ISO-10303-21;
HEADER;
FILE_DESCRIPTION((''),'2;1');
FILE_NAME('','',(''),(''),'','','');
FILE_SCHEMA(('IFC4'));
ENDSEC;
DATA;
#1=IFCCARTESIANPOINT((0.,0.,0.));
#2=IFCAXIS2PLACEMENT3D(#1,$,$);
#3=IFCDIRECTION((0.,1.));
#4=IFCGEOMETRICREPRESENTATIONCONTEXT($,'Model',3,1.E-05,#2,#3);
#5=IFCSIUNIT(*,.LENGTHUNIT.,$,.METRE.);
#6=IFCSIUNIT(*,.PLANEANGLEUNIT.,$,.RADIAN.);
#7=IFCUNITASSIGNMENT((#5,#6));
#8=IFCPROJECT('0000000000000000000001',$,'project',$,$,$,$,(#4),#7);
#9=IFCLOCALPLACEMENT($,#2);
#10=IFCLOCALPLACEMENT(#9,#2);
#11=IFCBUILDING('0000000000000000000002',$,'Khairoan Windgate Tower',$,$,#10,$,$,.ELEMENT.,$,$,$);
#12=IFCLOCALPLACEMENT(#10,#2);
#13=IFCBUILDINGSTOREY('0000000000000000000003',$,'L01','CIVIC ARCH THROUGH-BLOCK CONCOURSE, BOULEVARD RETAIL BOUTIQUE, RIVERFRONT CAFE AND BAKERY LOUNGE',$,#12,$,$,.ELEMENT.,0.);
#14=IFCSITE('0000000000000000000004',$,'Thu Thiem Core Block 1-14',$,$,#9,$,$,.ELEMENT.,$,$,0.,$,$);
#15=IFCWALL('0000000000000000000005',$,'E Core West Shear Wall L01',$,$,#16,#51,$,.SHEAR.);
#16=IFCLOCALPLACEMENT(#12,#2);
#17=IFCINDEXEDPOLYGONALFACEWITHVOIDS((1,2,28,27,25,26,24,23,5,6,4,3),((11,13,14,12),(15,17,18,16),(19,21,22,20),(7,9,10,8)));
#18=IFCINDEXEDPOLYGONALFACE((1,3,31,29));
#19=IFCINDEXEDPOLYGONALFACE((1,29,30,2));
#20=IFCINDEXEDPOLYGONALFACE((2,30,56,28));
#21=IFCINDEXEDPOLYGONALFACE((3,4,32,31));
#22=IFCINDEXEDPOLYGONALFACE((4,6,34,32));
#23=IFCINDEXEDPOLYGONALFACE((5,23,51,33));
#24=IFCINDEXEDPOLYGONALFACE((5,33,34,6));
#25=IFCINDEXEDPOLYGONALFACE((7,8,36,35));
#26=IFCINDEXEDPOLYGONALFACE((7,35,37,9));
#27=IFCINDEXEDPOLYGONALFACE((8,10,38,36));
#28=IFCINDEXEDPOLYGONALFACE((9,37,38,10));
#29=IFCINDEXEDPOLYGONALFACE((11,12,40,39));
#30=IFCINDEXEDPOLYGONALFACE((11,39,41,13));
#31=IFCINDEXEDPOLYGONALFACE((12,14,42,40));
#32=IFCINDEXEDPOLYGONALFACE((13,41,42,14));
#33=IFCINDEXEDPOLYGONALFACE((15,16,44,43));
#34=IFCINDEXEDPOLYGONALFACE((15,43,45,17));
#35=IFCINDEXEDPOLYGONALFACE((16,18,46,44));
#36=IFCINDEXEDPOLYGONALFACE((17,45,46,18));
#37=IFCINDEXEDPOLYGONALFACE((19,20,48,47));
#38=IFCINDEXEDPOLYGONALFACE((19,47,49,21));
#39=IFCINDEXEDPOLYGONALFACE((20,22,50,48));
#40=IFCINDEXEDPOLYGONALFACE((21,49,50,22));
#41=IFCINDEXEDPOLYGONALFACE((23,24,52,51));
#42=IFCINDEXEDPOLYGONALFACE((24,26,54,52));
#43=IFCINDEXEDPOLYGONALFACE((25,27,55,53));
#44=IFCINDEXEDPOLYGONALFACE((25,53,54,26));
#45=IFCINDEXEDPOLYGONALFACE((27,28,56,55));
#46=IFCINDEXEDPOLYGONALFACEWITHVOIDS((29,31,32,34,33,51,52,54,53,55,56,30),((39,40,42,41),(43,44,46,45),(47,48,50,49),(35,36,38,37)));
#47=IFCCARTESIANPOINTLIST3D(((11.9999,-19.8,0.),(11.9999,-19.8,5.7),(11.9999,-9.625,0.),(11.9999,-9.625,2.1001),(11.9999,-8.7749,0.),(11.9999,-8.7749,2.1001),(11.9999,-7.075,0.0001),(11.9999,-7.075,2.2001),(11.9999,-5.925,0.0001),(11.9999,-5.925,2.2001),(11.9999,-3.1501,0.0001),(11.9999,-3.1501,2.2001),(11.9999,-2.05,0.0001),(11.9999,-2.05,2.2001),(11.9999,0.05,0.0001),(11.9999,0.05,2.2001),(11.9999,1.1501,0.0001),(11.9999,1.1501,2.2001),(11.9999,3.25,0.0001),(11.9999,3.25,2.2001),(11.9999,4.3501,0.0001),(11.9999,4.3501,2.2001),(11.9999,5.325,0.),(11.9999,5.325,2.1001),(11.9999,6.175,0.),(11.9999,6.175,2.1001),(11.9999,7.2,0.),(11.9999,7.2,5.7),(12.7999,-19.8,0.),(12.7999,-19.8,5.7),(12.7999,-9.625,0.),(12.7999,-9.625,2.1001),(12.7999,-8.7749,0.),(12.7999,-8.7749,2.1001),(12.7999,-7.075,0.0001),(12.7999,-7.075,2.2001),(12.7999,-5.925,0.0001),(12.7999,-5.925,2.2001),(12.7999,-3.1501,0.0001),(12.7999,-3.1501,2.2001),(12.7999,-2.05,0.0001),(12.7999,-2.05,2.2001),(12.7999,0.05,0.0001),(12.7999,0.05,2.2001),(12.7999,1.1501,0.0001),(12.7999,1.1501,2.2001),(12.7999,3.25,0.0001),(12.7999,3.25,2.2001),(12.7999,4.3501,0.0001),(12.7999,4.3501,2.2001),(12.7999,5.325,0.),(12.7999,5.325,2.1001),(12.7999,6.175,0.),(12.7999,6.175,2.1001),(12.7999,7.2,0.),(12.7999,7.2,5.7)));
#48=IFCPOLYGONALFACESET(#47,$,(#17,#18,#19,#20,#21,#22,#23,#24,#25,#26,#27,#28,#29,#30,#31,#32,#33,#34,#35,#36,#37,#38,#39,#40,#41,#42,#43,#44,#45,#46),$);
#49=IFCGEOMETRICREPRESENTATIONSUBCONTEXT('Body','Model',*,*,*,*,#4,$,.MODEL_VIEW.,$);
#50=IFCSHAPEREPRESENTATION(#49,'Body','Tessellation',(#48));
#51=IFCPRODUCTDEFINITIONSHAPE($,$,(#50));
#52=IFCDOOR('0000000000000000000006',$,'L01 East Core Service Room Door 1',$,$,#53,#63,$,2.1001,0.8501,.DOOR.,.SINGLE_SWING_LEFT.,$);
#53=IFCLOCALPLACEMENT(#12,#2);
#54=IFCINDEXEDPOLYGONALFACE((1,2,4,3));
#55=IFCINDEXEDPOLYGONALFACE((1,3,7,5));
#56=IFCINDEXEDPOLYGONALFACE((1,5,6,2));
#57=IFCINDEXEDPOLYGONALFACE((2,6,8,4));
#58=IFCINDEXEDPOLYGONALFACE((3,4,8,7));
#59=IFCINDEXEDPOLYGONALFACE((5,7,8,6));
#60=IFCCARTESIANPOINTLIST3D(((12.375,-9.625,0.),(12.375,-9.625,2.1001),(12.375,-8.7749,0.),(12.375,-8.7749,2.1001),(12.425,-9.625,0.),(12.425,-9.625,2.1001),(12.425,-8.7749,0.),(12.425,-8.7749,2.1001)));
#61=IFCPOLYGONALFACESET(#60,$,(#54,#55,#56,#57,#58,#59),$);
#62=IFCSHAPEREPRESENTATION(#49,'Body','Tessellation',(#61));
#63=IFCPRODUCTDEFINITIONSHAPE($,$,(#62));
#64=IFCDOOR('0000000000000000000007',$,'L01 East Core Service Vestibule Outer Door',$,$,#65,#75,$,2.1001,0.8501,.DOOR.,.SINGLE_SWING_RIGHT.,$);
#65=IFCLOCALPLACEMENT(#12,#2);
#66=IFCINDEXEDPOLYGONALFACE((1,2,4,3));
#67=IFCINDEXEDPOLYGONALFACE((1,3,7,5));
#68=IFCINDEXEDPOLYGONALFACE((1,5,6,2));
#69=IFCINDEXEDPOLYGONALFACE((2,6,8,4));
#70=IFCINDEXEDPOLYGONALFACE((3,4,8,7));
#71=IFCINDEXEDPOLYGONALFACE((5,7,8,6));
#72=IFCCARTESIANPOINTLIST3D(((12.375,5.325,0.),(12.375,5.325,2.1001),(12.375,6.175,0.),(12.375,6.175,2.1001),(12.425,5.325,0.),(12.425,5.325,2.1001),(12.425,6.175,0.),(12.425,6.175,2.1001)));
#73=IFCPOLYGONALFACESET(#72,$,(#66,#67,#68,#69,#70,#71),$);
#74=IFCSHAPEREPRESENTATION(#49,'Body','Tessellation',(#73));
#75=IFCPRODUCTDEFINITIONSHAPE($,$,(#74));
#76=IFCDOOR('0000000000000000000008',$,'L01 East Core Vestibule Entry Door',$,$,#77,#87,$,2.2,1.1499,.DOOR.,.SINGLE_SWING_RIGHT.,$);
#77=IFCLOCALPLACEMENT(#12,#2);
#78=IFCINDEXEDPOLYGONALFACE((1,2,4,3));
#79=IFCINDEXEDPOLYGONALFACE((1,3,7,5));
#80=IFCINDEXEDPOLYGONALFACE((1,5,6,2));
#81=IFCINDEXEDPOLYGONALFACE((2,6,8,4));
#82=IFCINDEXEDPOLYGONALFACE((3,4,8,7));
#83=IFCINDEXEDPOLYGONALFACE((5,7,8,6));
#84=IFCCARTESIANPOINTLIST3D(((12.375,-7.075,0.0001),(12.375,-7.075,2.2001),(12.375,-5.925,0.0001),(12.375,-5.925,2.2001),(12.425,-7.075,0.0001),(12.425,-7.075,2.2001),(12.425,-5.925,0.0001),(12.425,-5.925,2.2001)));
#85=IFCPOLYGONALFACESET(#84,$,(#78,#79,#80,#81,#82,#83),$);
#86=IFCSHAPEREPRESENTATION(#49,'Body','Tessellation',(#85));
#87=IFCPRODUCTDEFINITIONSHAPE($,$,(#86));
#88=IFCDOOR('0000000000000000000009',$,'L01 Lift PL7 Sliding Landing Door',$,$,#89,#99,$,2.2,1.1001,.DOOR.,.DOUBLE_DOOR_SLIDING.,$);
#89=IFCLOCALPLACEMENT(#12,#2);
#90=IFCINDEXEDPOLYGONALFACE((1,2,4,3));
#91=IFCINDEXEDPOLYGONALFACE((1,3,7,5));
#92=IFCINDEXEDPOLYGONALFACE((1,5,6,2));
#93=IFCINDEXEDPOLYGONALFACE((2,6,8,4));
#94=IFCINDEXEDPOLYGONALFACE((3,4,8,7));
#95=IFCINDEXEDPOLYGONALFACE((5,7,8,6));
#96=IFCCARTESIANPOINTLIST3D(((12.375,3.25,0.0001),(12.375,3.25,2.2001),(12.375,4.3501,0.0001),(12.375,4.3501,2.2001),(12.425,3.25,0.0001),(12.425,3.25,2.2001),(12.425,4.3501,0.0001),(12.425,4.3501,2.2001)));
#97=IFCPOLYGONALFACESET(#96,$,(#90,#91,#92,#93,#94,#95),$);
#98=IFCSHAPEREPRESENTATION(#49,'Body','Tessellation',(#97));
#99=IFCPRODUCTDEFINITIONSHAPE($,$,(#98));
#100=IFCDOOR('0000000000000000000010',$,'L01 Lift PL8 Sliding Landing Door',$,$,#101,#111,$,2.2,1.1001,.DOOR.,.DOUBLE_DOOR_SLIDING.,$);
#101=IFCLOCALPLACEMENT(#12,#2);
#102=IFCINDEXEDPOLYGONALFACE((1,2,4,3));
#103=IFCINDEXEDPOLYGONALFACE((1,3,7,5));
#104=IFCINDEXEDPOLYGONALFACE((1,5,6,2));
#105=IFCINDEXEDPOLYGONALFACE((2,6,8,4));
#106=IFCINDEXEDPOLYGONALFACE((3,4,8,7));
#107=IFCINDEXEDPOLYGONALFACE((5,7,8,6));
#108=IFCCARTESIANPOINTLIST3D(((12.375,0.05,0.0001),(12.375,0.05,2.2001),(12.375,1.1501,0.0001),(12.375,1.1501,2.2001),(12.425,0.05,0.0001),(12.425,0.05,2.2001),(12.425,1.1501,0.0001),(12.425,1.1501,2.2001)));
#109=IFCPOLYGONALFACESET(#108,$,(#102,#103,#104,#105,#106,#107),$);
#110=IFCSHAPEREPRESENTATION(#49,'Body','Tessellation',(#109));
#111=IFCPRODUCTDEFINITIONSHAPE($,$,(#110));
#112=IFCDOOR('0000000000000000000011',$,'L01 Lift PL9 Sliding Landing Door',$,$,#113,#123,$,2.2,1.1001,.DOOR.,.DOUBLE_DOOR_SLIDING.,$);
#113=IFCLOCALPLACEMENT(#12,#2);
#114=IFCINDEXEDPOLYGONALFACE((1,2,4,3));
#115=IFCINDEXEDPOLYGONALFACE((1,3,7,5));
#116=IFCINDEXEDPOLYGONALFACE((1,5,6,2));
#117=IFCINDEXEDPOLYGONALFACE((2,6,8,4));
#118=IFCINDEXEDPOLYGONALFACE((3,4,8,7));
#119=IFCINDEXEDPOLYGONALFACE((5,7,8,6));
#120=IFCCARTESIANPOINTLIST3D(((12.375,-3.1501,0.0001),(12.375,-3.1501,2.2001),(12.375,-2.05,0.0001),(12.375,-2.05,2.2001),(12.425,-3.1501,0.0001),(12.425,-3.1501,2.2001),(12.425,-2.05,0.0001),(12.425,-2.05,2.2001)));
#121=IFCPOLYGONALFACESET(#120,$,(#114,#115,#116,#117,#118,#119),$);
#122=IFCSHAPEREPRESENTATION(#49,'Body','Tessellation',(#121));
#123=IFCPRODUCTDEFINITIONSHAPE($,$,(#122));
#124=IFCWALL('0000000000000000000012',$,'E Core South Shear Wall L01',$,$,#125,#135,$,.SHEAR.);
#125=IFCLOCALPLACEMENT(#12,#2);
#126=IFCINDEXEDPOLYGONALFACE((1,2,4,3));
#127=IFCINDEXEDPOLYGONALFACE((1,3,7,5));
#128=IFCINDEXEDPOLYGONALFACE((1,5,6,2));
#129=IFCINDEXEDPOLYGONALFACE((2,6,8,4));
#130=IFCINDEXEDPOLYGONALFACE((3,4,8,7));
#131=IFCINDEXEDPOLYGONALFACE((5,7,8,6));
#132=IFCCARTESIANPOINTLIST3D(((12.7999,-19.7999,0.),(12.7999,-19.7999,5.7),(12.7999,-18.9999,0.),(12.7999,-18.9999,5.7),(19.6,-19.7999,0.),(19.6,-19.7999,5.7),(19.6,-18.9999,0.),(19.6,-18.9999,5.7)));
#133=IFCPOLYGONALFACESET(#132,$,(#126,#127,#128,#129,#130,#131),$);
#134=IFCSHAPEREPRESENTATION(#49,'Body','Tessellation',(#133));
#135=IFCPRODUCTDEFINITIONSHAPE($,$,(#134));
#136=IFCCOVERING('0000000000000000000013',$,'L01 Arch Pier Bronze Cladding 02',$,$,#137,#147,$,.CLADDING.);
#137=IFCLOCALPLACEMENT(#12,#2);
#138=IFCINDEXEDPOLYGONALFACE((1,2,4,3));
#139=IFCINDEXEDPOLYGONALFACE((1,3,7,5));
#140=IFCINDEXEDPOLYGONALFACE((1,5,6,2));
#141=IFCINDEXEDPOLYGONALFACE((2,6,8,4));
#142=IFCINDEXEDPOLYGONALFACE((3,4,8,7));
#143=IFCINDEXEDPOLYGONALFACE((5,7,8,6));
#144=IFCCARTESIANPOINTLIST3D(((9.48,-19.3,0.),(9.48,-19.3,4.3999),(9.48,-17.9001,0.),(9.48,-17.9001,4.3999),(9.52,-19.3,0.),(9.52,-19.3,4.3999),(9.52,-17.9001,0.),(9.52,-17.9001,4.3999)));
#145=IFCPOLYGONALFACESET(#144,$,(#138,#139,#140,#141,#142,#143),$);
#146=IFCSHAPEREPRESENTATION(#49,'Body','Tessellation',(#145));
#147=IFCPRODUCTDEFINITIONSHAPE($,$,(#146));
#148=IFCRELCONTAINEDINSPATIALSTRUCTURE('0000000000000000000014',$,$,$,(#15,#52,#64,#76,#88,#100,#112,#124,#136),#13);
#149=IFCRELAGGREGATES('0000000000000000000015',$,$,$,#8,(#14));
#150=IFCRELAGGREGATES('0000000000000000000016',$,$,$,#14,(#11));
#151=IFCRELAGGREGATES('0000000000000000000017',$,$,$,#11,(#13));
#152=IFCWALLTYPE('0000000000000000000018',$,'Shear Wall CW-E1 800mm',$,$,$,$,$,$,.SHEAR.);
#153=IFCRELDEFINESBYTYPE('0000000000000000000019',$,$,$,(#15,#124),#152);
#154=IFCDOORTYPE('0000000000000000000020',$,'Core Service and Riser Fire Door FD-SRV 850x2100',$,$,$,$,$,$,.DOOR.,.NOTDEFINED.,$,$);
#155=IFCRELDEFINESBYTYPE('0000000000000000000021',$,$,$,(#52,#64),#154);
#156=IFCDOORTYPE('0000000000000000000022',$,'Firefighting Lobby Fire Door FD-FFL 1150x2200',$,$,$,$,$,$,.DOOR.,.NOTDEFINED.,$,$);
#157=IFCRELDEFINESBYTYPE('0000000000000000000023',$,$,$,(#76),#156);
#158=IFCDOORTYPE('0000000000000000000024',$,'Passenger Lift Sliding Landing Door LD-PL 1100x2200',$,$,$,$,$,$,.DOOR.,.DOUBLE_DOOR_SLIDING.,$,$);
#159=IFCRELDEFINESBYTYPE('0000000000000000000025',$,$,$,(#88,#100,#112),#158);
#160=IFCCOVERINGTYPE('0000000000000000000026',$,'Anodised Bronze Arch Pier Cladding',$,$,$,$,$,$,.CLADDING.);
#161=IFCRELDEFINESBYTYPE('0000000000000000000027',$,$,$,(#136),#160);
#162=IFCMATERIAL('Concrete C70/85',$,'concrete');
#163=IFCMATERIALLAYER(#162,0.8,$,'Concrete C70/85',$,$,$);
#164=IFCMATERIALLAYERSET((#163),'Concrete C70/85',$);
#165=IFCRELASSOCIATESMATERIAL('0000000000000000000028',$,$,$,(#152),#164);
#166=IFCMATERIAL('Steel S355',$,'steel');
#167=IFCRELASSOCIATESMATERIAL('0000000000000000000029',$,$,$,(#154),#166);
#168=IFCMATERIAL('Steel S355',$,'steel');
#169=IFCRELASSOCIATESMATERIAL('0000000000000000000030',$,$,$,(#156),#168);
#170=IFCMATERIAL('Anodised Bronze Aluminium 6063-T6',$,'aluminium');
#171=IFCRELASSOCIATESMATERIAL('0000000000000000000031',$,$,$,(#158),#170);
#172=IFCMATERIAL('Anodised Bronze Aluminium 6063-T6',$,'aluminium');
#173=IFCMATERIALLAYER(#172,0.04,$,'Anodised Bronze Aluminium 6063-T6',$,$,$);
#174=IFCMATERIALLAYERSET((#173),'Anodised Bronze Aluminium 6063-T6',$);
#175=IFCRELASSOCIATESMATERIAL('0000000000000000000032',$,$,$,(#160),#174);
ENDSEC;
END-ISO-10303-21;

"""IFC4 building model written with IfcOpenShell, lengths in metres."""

from ifc_helpers import new_model, si_unit, direction, frame, frame_2d, origin, origin_2d, place, context, subcontext, project, spatial, rectangle, extrude, material, layer, layer_set, type_object, element, fill, save


model = new_model("IFC4")

# Units and contexts
model_context = context("Model", 3, precision=1e-05, world=origin(), true_north=direction((0.0, 1.0)))
body_context = subcontext(model_context, "Body", "Model", "MODEL_VIEW")
ifc_project = project(units=[si_unit("LENGTHUNIT", "METRE"), si_unit("PLANEANGLEUNIT", "RADIAN")], contexts=[model_context])

# Site, building, storey
site_placement = place(None, origin())
site = spatial("IfcSite", under=ifc_project, at=site_placement, Name="Thu Thiem Core Block 1-14", CompositionType="ELEMENT", RefElevation=0.0)
building_placement = place(site_placement, origin())
building = spatial("IfcBuilding", under=site, at=building_placement, Name="Khairoan Windgate Tower", CompositionType="ELEMENT")
storey_placement = place(building_placement, origin())
storey = spatial("IfcBuildingStorey", under=building, at=storey_placement, Name="L01", Description="CIVIC ARCH THROUGH-BLOCK CONCOURSE, BOULEVARD RETAIL BOUTIQUE, RIVERFRONT CAFE AND BAKERY LOUNGE", CompositionType="ELEMENT", Elevation=0.0)

# Wall, openings, doors
ifc_material_1 = material(Name="Concrete C70/85", Category="concrete")
ifc_layer_1 = layer(ifc_material_1, 0.8, Name="Concrete C70/85")
ifc_layer_set_1 = layer_set([ifc_layer_1], Name="Concrete C70/85")
wall_type_1 = type_object("IfcWallType", Name="Shear Wall CW-E1 800mm", PredefinedType="SHEAR", material=ifc_layer_set_1)
wall_1_placement = place(storey_placement, frame((12.3999, -19.8, 0.0), z_axis=(0.0, 0.0, 1.0), x_axis=(0.0, 1.0, 0.0)))
wall_1 = element("IfcWall", 1, at=wall_1_placement, inside=storey, type_object=wall_type_1, Name="E Core West Shear Wall L01", PredefinedType="SHEAR", context=body_context, shape_type="SweptSolid", body=[
    extrude(rectangle(XDim=27.0, YDim=0.8, at=frame_2d((13.5, 0.0))), origin(), (0.0, 0.0, 1.0), 5.7),
])
opening_1_placement = place(wall_1_placement, frame((23.05, 0.0, 0.0)))
opening_1 = element("IfcOpeningElement", 2, at=opening_1_placement, cuts=wall_1, PredefinedType="OPENING", context=body_context, shape_type="SweptSolid", body=[
    extrude(rectangle(XDim=1.1001, YDim=2.2, at=frame_2d((0.55, 1.1001))), frame((0.0, 0.4099, 0.0), z_axis=(0.0, -1.0, 0.0), x_axis=(1.0, 0.0, 0.0)), (0.0, 0.0, 1.0), 0.8201),
])
opening_2_placement = place(wall_1_placement, frame((19.8501, 0.0, 0.0)))
opening_2 = element("IfcOpeningElement", 3, at=opening_2_placement, cuts=wall_1, PredefinedType="OPENING", context=body_context, shape_type="SweptSolid", body=[
    extrude(rectangle(XDim=1.1001, YDim=2.2, at=frame_2d((0.55, 1.1001))), frame((0.0, 0.4099, 0.0), z_axis=(0.0, -1.0, 0.0), x_axis=(1.0, 0.0, 0.0)), (0.0, 0.0, 1.0), 0.8201),
])
opening_3_placement = place(wall_1_placement, frame((16.6499, 0.0, 0.0)))
opening_3 = element("IfcOpeningElement", 4, at=opening_3_placement, cuts=wall_1, PredefinedType="OPENING", context=body_context, shape_type="SweptSolid", body=[
    extrude(rectangle(XDim=1.1001, YDim=2.2, at=frame_2d((0.55, 1.1001))), frame((0.0, 0.4099, 0.0), z_axis=(0.0, -1.0, 0.0), x_axis=(1.0, 0.0, 0.0)), (0.0, 0.0, 1.0), 0.8201),
])
opening_4_placement = place(wall_1_placement, frame((10.175, 0.0, 0.0)))
opening_4 = element("IfcOpeningElement", 5, at=opening_4_placement, cuts=wall_1, PredefinedType="OPENING", context=body_context, shape_type="SweptSolid", body=[
    extrude(rectangle(XDim=0.8501, YDim=2.1001, at=frame_2d((0.425, 1.05))), frame((0.0, 0.4099, 0.0), z_axis=(0.0, -1.0, 0.0), x_axis=(1.0, 0.0, 0.0)), (0.0, 0.0, 1.0), 0.8201),
])
opening_5_placement = place(wall_1_placement, frame((12.7251, 0.0, 0.0)))
opening_5 = element("IfcOpeningElement", 6, at=opening_5_placement, cuts=wall_1, PredefinedType="OPENING", context=body_context, shape_type="SweptSolid", body=[
    extrude(rectangle(XDim=1.1499, YDim=2.2, at=frame_2d((0.575, 1.1001))), frame((0.0, 0.4099, 0.0), z_axis=(0.0, -1.0, 0.0), x_axis=(1.0, 0.0, 0.0)), (0.0, 0.0, 1.0), 0.8201),
])
opening_6_placement = place(wall_1_placement, frame((25.125, 0.0, 0.0)))
opening_6 = element("IfcOpeningElement", 7, at=opening_6_placement, cuts=wall_1, PredefinedType="OPENING", context=body_context, shape_type="SweptSolid", body=[
    extrude(rectangle(XDim=0.8501, YDim=2.1001, at=frame_2d((0.425, 1.05))), frame((0.0, 0.4099, 0.0), z_axis=(0.0, -1.0, 0.0), x_axis=(1.0, 0.0, 0.0)), (0.0, 0.0, 1.0), 0.8201),
])
ifc_material_2 = material(Name="Steel S355", Category="steel")
door_type_1 = type_object("IfcDoorType", Name="Core Service and Riser Fire Door FD-SRV 850x2100", OperationType="NOTDEFINED", PredefinedType="DOOR", material=ifc_material_2)
door_1_placement = place(opening_4_placement, origin())
door_1 = element("IfcDoor", 8, at=door_1_placement, inside=storey, type_object=door_type_1, Name="L01 East Core Service Room Door 1", OperationType="SINGLE_SWING_LEFT", OverallHeight=2.1001, OverallWidth=0.8501, PredefinedType="DOOR", context=body_context, shape_type="SweptSolid", body=[
    extrude(rectangle(XDim=0.8501, YDim=2.1001, at=frame_2d((0.425, 1.05))), frame((0.0, 0.0249, 0.0), z_axis=(0.0, -1.0, 0.0), x_axis=(1.0, 0.0, 0.0)), (0.0, 0.0, 1.0), 0.05),
])
fill(opening_4, door_1)
door_2_placement = place(opening_6_placement, origin())
door_2 = element("IfcDoor", 9, at=door_2_placement, inside=storey, type_object=door_type_1, Name="L01 East Core Service Vestibule Outer Door", OperationType="SINGLE_SWING_RIGHT", OverallHeight=2.1001, OverallWidth=0.8501, PredefinedType="DOOR", context=body_context, shape_type="SweptSolid", body=[
    extrude(rectangle(XDim=0.8501, YDim=2.1001, at=frame_2d((0.425, 1.05))), frame((0.0, 0.0249, 0.0), z_axis=(0.0, -1.0, 0.0), x_axis=(1.0, 0.0, 0.0)), (0.0, 0.0, 1.0), 0.05),
])
fill(opening_6, door_2)
ifc_material_3 = material(Name="Steel S355", Category="steel")
door_type_2 = type_object("IfcDoorType", Name="Firefighting Lobby Fire Door FD-FFL 1150x2200", OperationType="NOTDEFINED", PredefinedType="DOOR", material=ifc_material_3)
door_3_placement = place(opening_5_placement, origin())
door_3 = element("IfcDoor", 10, at=door_3_placement, inside=storey, type_object=door_type_2, Name="L01 East Core Vestibule Entry Door", OperationType="SINGLE_SWING_RIGHT", OverallHeight=2.2, OverallWidth=1.1499, PredefinedType="DOOR", context=body_context, shape_type="SweptSolid", body=[
    extrude(rectangle(XDim=1.1499, YDim=2.2, at=frame_2d((0.575, 1.1001))), frame((0.0, 0.0249, 0.0), z_axis=(0.0, -1.0, 0.0), x_axis=(1.0, 0.0, 0.0)), (0.0, 0.0, 1.0), 0.05),
])
fill(opening_5, door_3)
ifc_material_4 = material(Name="Anodised Bronze Aluminium 6063-T6", Category="aluminium")
door_type_3 = type_object("IfcDoorType", Name="Passenger Lift Sliding Landing Door LD-PL 1100x2200", OperationType="DOUBLE_DOOR_SLIDING", PredefinedType="DOOR", material=ifc_material_4)
door_4_placement = place(opening_1_placement, origin())
door_4 = element("IfcDoor", 11, at=door_4_placement, inside=storey, type_object=door_type_3, Name="L01 Lift PL7 Sliding Landing Door", OperationType="DOUBLE_DOOR_SLIDING", OverallHeight=2.2, OverallWidth=1.1001, PredefinedType="DOOR", context=body_context, shape_type="SweptSolid", body=[
    extrude(rectangle(XDim=1.1001, YDim=2.2, at=frame_2d((0.55, 1.1001))), frame((0.0, 0.0249, 0.0), z_axis=(0.0, -1.0, 0.0), x_axis=(1.0, 0.0, 0.0)), (0.0, 0.0, 1.0), 0.05),
])
fill(opening_1, door_4)
door_5_placement = place(opening_2_placement, origin())
door_5 = element("IfcDoor", 12, at=door_5_placement, inside=storey, type_object=door_type_3, Name="L01 Lift PL8 Sliding Landing Door", OperationType="DOUBLE_DOOR_SLIDING", OverallHeight=2.2, OverallWidth=1.1001, PredefinedType="DOOR", context=body_context, shape_type="SweptSolid", body=[
    extrude(rectangle(XDim=1.1001, YDim=2.2, at=frame_2d((0.55, 1.1001))), frame((0.0, 0.0249, 0.0), z_axis=(0.0, -1.0, 0.0), x_axis=(1.0, 0.0, 0.0)), (0.0, 0.0, 1.0), 0.05),
])
fill(opening_2, door_5)
door_6_placement = place(opening_3_placement, origin())
door_6 = element("IfcDoor", 13, at=door_6_placement, inside=storey, type_object=door_type_3, Name="L01 Lift PL9 Sliding Landing Door", OperationType="DOUBLE_DOOR_SLIDING", OverallHeight=2.2, OverallWidth=1.1001, PredefinedType="DOOR", context=body_context, shape_type="SweptSolid", body=[
    extrude(rectangle(XDim=1.1001, YDim=2.2, at=frame_2d((0.55, 1.1001))), frame((0.0, 0.0249, 0.0), z_axis=(0.0, -1.0, 0.0), x_axis=(1.0, 0.0, 0.0)), (0.0, 0.0, 1.0), 0.05),
])
fill(opening_3, door_6)

# Wall
wall_2_placement = place(storey_placement, frame((12.8, -19.3999, 0.0), z_axis=(0.0, 0.0, 1.0), x_axis=(1.0, 0.0, 0.0)))
element("IfcWall", 14, at=wall_2_placement, inside=storey, type_object=wall_type_1, Name="E Core South Shear Wall L01", PredefinedType="SHEAR", context=body_context, shape_type="SweptSolid", body=[
    extrude(rectangle(XDim=6.8, YDim=0.8, at=frame_2d((3.3999, 0.0))), origin(), (0.0, 0.0, 1.0), 5.7),
])

# Covering
ifc_material_5 = material(Name="Anodised Bronze Aluminium 6063-T6", Category="aluminium")
ifc_layer_2 = layer(ifc_material_5, 0.04, Name="Anodised Bronze Aluminium 6063-T6")
ifc_layer_set_2 = layer_set([ifc_layer_2], Name="Anodised Bronze Aluminium 6063-T6")
covering_type = type_object("IfcCoveringType", Name="Anodised Bronze Arch Pier Cladding", PredefinedType="CLADDING", material=ifc_layer_set_2)
covering_placement = place(storey_placement, frame((9.5, -18.6001, 0.0), z_axis=(0.0, 0.0, 1.0), x_axis=(1.0, 0.0, 0.0)))
element("IfcCovering", 15, at=covering_placement, inside=storey, type_object=covering_type, Name="L01 Arch Pier Bronze Cladding 02", PredefinedType="CLADDING", context=body_context, shape_type="SweptSolid", body=[
    extrude(rectangle(XDim=0.04, YDim=1.3999, at=origin_2d()), origin(), (0.0, 0.0, 1.0), 4.3999),
])

save(model, "model.ifc")
